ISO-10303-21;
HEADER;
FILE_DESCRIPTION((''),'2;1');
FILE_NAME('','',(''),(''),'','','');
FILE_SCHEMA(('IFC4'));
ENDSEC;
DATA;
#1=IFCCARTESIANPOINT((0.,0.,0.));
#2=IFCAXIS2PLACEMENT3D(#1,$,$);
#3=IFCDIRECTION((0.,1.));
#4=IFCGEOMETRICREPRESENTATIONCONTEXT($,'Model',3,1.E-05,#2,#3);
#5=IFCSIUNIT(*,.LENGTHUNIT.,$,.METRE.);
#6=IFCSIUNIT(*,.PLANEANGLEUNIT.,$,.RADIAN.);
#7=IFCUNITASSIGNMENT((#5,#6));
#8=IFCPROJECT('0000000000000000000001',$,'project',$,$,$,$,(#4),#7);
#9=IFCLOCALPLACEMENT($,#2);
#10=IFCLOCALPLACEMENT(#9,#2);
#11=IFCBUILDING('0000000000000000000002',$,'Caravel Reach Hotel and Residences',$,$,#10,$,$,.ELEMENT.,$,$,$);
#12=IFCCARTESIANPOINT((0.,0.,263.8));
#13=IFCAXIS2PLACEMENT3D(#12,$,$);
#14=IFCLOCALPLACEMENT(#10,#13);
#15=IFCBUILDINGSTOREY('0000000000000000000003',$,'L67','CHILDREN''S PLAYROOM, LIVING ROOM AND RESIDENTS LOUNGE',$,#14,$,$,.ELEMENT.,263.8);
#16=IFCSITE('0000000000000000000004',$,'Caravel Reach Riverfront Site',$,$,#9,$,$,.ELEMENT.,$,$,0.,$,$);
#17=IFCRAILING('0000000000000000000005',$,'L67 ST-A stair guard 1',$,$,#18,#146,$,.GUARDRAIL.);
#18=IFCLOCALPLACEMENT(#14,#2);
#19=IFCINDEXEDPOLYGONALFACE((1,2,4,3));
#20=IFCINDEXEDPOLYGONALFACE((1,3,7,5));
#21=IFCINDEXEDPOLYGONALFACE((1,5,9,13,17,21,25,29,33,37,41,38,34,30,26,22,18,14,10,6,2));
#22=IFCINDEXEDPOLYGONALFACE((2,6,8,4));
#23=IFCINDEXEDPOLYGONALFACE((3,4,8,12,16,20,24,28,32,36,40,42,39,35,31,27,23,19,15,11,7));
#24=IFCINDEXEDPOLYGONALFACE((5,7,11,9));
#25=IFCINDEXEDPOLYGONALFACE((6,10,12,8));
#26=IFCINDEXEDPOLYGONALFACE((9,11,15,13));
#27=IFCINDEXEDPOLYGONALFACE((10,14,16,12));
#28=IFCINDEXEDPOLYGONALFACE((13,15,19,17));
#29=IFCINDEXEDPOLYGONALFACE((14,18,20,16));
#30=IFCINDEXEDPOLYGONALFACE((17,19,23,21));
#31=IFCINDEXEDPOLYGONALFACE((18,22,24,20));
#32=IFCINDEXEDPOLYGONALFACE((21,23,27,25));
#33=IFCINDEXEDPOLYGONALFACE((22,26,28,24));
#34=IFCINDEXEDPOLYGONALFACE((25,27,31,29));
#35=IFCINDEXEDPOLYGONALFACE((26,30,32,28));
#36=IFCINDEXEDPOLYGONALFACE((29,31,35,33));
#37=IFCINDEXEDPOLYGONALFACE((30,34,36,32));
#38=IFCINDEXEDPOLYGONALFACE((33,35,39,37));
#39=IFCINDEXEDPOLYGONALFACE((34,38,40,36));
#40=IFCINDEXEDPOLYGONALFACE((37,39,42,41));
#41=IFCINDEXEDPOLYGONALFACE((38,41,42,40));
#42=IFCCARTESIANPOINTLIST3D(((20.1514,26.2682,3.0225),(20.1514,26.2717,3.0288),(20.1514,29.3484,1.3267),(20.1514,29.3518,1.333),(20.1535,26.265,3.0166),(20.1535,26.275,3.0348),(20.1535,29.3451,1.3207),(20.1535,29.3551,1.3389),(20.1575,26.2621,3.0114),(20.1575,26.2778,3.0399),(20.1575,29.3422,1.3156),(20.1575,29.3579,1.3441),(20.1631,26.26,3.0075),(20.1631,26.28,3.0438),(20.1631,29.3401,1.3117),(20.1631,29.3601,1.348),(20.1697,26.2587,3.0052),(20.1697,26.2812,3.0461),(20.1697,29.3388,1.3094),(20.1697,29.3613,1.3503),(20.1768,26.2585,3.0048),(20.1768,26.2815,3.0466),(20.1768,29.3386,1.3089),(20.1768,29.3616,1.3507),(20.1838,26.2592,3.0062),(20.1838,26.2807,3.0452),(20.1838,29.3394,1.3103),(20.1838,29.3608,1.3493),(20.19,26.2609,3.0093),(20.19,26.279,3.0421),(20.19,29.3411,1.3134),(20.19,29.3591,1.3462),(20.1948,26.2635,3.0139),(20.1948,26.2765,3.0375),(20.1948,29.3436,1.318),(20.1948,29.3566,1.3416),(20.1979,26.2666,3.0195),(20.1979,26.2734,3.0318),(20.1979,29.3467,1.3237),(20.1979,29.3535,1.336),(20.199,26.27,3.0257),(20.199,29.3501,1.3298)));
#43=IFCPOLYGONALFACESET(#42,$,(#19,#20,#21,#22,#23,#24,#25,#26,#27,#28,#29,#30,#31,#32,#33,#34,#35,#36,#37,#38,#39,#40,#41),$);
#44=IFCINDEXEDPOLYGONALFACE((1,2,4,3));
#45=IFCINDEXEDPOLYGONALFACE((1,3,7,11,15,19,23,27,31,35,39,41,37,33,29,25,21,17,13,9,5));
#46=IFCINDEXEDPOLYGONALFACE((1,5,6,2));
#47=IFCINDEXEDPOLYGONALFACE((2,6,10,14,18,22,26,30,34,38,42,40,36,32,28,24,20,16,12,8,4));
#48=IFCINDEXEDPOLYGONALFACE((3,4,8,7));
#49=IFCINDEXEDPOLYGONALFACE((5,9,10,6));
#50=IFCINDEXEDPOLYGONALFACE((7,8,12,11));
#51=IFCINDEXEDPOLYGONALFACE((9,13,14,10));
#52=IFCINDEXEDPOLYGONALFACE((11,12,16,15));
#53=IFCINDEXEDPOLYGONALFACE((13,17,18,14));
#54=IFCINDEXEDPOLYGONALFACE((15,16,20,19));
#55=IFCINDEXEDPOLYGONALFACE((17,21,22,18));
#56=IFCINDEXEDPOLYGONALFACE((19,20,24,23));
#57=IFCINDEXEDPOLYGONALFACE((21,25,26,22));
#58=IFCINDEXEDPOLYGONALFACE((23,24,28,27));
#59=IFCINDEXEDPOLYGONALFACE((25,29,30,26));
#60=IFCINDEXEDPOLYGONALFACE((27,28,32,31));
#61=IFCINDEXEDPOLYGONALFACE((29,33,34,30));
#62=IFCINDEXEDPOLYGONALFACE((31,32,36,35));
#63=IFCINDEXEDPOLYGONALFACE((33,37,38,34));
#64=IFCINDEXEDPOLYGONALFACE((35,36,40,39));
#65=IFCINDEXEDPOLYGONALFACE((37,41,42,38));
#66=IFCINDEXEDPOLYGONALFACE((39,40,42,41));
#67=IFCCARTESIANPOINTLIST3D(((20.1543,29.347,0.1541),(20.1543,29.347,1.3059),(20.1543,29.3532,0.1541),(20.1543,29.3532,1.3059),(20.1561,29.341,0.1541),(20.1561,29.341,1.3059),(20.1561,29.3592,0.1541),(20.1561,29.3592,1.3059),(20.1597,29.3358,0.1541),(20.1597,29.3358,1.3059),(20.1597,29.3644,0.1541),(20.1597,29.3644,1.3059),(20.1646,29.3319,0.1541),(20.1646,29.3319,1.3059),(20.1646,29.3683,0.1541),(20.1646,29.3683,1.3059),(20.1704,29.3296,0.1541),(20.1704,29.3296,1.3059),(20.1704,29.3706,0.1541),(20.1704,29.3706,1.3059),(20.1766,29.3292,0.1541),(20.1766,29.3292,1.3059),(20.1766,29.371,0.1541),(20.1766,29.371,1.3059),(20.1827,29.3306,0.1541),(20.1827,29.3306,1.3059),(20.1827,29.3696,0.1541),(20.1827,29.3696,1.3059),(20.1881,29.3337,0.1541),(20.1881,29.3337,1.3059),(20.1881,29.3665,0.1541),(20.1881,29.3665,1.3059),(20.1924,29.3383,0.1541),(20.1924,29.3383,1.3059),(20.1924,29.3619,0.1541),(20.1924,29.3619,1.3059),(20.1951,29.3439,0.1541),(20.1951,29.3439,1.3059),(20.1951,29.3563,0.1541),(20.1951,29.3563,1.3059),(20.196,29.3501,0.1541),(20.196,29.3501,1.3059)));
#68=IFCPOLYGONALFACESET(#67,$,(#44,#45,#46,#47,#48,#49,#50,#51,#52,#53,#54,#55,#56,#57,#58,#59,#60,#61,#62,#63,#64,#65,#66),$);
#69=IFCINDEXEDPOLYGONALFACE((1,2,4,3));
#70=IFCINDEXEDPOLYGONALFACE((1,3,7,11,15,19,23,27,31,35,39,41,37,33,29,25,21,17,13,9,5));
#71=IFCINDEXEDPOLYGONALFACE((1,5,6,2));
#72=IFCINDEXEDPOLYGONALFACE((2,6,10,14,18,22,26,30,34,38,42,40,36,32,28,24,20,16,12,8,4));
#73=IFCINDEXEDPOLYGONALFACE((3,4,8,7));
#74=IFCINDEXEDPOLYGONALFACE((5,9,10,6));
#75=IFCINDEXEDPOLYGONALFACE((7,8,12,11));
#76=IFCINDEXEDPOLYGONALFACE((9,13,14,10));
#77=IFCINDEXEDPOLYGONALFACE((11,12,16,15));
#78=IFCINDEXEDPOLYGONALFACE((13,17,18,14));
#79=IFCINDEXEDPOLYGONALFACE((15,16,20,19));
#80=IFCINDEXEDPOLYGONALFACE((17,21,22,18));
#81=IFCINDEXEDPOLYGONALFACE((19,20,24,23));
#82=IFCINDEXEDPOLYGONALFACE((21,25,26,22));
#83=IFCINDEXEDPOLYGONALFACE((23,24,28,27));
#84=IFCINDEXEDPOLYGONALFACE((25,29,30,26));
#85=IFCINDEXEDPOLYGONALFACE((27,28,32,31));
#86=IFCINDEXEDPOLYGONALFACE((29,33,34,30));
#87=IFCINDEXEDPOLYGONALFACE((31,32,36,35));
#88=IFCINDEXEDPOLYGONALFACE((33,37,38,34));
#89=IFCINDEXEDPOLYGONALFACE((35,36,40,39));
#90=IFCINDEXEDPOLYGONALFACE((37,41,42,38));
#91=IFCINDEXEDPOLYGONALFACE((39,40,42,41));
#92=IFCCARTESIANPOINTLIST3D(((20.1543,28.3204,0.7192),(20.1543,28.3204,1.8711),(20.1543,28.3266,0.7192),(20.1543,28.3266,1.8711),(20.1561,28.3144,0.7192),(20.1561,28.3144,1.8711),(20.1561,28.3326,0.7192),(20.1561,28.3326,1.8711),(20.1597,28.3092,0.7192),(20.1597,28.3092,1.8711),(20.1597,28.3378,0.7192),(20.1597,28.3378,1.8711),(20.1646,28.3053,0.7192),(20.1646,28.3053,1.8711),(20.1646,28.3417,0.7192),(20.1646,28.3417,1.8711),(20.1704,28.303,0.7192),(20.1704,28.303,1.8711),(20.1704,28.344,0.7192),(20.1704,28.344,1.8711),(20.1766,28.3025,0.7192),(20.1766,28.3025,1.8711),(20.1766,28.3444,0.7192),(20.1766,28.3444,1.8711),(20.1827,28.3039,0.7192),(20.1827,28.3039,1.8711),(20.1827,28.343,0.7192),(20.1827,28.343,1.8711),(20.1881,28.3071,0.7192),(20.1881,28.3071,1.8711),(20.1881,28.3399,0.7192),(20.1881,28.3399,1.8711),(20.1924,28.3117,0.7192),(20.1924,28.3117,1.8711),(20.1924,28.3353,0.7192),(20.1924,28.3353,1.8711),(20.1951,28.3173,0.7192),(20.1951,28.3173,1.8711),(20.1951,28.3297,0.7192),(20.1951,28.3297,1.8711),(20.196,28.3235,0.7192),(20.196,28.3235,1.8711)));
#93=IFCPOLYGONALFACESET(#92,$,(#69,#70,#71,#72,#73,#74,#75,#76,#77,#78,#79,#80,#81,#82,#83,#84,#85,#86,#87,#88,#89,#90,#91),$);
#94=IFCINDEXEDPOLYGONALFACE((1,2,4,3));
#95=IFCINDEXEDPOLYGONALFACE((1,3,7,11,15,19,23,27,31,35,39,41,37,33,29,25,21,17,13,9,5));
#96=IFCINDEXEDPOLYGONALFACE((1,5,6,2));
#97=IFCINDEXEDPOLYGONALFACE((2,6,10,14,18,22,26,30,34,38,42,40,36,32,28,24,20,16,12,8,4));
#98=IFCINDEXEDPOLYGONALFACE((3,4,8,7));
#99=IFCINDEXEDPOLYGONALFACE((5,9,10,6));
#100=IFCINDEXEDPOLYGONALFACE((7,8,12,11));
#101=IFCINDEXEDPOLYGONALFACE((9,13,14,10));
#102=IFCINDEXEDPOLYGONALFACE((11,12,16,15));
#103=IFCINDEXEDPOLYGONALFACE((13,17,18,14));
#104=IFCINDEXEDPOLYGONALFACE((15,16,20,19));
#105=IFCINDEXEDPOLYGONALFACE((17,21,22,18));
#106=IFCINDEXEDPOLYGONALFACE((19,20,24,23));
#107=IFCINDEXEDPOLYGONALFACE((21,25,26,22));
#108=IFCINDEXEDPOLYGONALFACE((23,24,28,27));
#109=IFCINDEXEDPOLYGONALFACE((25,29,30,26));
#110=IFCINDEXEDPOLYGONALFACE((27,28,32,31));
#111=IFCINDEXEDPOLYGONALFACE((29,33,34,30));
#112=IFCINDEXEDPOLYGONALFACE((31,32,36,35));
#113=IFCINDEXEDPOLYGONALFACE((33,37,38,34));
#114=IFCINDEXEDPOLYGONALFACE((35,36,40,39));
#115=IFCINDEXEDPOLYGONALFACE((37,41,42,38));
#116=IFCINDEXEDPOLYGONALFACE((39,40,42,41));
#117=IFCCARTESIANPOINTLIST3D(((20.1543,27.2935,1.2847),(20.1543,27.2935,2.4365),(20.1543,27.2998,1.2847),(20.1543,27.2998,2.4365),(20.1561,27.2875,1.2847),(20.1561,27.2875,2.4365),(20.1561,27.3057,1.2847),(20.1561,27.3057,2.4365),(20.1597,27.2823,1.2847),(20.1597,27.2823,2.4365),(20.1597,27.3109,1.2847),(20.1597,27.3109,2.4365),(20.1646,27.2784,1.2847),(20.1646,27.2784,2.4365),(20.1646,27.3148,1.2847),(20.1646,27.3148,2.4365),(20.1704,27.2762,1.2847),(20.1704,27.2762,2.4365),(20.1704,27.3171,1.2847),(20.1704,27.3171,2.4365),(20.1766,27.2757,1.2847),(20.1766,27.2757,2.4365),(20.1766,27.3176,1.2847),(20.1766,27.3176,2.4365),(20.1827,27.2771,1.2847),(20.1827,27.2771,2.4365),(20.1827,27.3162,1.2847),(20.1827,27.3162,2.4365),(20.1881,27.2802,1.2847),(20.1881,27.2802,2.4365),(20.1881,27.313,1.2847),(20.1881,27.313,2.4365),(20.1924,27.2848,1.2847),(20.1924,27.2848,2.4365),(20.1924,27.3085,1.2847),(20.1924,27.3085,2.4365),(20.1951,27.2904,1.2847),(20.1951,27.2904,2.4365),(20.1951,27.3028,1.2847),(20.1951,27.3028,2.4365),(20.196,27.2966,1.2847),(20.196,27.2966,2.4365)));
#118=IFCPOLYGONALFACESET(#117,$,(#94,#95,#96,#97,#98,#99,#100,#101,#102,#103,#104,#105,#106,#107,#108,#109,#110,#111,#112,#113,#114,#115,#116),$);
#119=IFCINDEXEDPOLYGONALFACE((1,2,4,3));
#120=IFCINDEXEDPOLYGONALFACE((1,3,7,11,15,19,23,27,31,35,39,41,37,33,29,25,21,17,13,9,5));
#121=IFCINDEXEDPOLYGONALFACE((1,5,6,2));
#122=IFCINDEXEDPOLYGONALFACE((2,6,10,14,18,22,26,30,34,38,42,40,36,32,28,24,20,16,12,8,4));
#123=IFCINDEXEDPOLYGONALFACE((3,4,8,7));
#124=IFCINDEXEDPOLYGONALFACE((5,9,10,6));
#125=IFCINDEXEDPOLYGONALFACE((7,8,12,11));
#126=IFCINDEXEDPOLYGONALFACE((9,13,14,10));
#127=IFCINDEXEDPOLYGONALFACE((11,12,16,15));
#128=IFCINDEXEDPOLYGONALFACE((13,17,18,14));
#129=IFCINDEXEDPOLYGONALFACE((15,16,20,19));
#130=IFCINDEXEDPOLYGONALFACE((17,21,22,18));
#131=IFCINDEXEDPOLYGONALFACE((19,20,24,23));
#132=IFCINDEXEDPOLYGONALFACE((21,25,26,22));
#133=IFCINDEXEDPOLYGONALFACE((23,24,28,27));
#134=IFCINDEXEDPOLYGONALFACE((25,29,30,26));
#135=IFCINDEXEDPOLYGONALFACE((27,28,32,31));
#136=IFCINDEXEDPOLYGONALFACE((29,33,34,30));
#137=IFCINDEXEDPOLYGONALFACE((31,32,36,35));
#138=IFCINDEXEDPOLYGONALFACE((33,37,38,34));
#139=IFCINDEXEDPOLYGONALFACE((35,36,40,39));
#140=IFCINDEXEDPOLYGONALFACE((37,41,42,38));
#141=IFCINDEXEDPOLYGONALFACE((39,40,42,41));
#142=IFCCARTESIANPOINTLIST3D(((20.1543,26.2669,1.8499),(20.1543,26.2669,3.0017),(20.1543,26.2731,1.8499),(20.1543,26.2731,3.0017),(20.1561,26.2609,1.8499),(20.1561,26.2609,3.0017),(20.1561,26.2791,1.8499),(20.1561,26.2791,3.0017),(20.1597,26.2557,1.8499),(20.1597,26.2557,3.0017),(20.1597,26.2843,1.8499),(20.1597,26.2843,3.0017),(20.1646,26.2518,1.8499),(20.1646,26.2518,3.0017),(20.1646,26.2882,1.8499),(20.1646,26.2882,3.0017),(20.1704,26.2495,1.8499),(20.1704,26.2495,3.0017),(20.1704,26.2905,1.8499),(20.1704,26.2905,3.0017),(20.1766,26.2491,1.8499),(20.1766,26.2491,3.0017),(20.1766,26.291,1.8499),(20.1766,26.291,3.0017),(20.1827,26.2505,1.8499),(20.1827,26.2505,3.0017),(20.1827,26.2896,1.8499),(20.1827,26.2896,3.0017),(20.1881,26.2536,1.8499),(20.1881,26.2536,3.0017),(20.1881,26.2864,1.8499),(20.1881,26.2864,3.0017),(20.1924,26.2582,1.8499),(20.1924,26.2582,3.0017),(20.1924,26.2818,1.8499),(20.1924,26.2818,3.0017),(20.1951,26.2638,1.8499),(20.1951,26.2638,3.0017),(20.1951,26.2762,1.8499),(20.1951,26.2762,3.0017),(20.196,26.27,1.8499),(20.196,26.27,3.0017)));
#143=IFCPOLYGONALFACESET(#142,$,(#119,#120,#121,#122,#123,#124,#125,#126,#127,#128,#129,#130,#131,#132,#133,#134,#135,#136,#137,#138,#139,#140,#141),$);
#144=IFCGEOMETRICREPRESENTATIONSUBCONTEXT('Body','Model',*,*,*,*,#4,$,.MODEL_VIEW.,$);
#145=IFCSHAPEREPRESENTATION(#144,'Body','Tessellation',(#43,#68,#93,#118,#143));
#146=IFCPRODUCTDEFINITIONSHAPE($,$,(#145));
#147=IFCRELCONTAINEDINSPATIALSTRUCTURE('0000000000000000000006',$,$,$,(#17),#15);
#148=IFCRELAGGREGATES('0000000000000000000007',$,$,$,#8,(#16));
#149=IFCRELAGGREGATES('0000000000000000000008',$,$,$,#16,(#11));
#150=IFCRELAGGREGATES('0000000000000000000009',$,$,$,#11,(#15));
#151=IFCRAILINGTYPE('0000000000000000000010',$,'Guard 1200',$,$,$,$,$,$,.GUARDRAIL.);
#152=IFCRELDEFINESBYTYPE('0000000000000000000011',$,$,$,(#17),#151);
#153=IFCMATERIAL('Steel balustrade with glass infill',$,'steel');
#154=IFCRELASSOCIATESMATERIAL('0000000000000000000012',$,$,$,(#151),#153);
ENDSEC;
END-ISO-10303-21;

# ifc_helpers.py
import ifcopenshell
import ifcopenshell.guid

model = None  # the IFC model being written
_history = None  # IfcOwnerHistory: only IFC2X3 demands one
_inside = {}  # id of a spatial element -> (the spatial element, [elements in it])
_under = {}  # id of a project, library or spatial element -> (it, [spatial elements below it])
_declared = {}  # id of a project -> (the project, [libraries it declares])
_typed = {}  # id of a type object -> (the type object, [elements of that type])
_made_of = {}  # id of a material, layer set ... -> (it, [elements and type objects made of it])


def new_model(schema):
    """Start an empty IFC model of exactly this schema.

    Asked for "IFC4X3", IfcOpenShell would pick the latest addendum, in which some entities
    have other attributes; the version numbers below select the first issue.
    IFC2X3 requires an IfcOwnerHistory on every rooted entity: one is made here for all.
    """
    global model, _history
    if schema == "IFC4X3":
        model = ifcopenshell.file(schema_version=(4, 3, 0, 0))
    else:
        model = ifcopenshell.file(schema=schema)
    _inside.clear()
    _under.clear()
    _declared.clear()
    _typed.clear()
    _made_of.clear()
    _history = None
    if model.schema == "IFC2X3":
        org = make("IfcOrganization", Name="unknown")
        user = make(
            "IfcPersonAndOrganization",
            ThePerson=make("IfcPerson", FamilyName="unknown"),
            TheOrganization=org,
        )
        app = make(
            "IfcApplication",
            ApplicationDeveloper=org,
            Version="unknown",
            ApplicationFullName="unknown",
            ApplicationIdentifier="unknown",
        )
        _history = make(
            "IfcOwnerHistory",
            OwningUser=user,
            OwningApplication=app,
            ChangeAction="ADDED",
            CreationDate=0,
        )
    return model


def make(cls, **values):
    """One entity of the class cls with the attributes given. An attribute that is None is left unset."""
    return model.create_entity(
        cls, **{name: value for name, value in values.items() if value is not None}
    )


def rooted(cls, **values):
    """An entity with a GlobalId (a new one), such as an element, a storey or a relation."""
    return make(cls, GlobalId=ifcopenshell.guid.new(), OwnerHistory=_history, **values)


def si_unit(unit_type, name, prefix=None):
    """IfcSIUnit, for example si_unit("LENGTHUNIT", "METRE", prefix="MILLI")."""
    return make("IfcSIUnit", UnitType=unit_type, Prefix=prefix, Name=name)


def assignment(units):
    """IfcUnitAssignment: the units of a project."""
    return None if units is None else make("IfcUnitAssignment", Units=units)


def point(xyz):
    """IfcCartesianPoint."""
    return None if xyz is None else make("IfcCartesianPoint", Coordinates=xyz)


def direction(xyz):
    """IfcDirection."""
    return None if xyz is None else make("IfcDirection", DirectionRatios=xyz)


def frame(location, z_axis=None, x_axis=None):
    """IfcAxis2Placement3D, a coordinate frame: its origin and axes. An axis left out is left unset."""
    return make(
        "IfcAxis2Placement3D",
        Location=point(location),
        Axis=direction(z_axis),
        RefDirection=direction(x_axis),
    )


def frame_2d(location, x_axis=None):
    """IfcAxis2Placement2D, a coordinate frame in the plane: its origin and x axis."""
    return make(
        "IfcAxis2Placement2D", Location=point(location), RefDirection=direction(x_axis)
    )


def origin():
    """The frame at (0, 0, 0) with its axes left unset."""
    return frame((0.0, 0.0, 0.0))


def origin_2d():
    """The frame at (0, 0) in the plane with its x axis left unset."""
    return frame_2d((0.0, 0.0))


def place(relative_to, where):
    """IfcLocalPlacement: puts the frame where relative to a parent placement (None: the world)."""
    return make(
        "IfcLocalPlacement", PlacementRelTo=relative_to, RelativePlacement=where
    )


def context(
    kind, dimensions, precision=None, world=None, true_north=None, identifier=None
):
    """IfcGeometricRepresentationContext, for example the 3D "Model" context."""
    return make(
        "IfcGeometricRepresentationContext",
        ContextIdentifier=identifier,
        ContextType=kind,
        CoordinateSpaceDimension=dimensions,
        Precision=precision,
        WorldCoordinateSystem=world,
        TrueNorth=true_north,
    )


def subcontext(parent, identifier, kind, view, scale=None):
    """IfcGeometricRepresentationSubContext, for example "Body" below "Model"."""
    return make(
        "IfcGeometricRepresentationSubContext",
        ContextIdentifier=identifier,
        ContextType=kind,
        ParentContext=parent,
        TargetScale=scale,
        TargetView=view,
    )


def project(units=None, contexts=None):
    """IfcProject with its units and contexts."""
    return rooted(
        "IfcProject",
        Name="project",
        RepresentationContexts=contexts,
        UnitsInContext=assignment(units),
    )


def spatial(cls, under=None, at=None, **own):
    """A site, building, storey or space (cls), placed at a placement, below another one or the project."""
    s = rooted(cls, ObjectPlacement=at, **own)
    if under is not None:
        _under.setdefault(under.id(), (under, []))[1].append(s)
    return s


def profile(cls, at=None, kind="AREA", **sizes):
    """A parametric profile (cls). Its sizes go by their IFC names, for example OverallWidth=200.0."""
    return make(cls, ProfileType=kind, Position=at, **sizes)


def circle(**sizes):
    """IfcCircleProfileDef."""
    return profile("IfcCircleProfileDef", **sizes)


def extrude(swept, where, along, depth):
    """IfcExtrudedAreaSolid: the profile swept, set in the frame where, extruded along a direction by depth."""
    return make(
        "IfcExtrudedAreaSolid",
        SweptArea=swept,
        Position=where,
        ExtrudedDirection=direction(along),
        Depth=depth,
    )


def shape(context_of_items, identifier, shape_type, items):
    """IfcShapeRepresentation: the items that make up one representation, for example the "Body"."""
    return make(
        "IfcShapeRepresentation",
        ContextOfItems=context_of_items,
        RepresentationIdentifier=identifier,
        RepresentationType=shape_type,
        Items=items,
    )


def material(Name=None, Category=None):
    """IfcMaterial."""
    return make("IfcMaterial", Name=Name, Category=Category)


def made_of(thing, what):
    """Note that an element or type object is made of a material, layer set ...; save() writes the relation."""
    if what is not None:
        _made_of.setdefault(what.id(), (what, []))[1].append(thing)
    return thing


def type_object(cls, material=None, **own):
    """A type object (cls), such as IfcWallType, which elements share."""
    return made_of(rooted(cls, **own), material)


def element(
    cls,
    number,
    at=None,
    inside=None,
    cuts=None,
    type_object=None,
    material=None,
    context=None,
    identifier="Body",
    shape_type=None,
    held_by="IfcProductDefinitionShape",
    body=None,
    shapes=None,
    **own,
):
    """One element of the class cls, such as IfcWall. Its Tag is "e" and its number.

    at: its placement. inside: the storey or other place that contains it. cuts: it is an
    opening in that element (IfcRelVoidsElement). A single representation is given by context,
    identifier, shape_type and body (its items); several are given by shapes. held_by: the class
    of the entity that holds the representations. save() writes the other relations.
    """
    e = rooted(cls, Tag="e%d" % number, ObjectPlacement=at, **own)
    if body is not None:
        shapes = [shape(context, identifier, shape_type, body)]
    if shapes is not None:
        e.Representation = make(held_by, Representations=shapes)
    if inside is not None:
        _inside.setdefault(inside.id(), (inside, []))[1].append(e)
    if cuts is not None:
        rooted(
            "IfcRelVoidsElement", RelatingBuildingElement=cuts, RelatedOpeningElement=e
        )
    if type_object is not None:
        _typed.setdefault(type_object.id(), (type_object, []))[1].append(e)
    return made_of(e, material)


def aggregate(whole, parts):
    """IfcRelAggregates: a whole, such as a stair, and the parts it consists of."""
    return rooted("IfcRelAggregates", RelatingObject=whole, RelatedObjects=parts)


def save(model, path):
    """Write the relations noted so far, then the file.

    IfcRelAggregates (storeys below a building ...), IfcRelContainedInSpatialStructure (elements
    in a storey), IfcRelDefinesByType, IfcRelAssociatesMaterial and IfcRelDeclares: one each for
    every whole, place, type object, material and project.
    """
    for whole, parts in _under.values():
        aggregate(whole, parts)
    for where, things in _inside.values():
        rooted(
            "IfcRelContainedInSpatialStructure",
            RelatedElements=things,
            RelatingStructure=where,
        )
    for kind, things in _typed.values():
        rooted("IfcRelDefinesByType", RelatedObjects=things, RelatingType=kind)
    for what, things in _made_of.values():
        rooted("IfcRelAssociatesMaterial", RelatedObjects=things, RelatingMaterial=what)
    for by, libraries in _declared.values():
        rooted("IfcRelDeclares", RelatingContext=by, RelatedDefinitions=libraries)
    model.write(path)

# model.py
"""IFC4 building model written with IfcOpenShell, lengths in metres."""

from ifc_helpers import new_model, si_unit, direction, frame, origin, origin_2d, place, context, subcontext, project, spatial, circle, extrude, material, type_object, element, save


model = new_model("IFC4")

# Units and contexts
model_context = context("Model", 3, precision=1e-05, world=origin(), true_north=direction((0.0, 1.0)))
body_context = subcontext(model_context, "Body", "Model", "MODEL_VIEW")
ifc_project = project(units=[si_unit("LENGTHUNIT", "METRE"), si_unit("PLANEANGLEUNIT", "RADIAN")], contexts=[model_context])

# Site, building, storey
site_placement = place(None, origin())
site = spatial("IfcSite", under=ifc_project, at=site_placement, Name="Caravel Reach Riverfront Site", CompositionType="ELEMENT", RefElevation=0.0)
building_placement = place(site_placement, origin())
building = spatial("IfcBuilding", under=site, at=building_placement, Name="Caravel Reach Hotel and Residences", CompositionType="ELEMENT")
storey_placement = place(building_placement, frame((0.0, 0.0, 263.8)))
storey = spatial("IfcBuildingStorey", under=building, at=storey_placement, Name="L67", Description="CHILDREN'S PLAYROOM, LIVING ROOM AND RESIDENTS LOUNGE", CompositionType="ELEMENT", Elevation=263.8)

# Railing
ifc_material_1 = material(Name="Steel balustrade with glass infill", Category="steel")
railing_type_1 = type_object("IfcRailingType", Name="Guard 1200", PredefinedType="GUARDRAIL", material=ifc_material_1)
railing_1_placement = place(storey_placement, frame((20.175, 29.3501, 0.1541)))
element("IfcRailing", 1, at=railing_1_placement, inside=storey, type_object=railing_type_1, Name="L67 ST-A stair guard 1", PredefinedType="GUARDRAIL", context=body_context, shape_type="SweptSolid", body=[
    extrude(circle(Radius=0.0239, at=origin_2d()), frame((0.0, 0.0, 1.1758), z_axis=(0.0, -0.876005, 0.482303), x_axis=(1.0, 0.0, 0.0)), (0.0, 0.0, 1.0), 3.5161),
    extrude(circle(Radius=0.021, at=origin_2d()), origin(), (0.0, 0.0, 1.0), 1.1519),
    extrude(circle(Radius=0.021, at=origin_2d()), frame((0.0, -1.0266, 0.5652)), (0.0, 0.0, 1.0), 1.1519),
    extrude(circle(Radius=0.021, at=origin_2d()), frame((0.0, -2.0535, 1.1306)), (0.0, 0.0, 1.0), 1.1519),
    extrude(circle(Radius=0.021, at=origin_2d()), frame((0.0, -3.0801, 1.6958)), (0.0, 0.0, 1.0), 1.1519),
])

save(model, "model.ifc")
